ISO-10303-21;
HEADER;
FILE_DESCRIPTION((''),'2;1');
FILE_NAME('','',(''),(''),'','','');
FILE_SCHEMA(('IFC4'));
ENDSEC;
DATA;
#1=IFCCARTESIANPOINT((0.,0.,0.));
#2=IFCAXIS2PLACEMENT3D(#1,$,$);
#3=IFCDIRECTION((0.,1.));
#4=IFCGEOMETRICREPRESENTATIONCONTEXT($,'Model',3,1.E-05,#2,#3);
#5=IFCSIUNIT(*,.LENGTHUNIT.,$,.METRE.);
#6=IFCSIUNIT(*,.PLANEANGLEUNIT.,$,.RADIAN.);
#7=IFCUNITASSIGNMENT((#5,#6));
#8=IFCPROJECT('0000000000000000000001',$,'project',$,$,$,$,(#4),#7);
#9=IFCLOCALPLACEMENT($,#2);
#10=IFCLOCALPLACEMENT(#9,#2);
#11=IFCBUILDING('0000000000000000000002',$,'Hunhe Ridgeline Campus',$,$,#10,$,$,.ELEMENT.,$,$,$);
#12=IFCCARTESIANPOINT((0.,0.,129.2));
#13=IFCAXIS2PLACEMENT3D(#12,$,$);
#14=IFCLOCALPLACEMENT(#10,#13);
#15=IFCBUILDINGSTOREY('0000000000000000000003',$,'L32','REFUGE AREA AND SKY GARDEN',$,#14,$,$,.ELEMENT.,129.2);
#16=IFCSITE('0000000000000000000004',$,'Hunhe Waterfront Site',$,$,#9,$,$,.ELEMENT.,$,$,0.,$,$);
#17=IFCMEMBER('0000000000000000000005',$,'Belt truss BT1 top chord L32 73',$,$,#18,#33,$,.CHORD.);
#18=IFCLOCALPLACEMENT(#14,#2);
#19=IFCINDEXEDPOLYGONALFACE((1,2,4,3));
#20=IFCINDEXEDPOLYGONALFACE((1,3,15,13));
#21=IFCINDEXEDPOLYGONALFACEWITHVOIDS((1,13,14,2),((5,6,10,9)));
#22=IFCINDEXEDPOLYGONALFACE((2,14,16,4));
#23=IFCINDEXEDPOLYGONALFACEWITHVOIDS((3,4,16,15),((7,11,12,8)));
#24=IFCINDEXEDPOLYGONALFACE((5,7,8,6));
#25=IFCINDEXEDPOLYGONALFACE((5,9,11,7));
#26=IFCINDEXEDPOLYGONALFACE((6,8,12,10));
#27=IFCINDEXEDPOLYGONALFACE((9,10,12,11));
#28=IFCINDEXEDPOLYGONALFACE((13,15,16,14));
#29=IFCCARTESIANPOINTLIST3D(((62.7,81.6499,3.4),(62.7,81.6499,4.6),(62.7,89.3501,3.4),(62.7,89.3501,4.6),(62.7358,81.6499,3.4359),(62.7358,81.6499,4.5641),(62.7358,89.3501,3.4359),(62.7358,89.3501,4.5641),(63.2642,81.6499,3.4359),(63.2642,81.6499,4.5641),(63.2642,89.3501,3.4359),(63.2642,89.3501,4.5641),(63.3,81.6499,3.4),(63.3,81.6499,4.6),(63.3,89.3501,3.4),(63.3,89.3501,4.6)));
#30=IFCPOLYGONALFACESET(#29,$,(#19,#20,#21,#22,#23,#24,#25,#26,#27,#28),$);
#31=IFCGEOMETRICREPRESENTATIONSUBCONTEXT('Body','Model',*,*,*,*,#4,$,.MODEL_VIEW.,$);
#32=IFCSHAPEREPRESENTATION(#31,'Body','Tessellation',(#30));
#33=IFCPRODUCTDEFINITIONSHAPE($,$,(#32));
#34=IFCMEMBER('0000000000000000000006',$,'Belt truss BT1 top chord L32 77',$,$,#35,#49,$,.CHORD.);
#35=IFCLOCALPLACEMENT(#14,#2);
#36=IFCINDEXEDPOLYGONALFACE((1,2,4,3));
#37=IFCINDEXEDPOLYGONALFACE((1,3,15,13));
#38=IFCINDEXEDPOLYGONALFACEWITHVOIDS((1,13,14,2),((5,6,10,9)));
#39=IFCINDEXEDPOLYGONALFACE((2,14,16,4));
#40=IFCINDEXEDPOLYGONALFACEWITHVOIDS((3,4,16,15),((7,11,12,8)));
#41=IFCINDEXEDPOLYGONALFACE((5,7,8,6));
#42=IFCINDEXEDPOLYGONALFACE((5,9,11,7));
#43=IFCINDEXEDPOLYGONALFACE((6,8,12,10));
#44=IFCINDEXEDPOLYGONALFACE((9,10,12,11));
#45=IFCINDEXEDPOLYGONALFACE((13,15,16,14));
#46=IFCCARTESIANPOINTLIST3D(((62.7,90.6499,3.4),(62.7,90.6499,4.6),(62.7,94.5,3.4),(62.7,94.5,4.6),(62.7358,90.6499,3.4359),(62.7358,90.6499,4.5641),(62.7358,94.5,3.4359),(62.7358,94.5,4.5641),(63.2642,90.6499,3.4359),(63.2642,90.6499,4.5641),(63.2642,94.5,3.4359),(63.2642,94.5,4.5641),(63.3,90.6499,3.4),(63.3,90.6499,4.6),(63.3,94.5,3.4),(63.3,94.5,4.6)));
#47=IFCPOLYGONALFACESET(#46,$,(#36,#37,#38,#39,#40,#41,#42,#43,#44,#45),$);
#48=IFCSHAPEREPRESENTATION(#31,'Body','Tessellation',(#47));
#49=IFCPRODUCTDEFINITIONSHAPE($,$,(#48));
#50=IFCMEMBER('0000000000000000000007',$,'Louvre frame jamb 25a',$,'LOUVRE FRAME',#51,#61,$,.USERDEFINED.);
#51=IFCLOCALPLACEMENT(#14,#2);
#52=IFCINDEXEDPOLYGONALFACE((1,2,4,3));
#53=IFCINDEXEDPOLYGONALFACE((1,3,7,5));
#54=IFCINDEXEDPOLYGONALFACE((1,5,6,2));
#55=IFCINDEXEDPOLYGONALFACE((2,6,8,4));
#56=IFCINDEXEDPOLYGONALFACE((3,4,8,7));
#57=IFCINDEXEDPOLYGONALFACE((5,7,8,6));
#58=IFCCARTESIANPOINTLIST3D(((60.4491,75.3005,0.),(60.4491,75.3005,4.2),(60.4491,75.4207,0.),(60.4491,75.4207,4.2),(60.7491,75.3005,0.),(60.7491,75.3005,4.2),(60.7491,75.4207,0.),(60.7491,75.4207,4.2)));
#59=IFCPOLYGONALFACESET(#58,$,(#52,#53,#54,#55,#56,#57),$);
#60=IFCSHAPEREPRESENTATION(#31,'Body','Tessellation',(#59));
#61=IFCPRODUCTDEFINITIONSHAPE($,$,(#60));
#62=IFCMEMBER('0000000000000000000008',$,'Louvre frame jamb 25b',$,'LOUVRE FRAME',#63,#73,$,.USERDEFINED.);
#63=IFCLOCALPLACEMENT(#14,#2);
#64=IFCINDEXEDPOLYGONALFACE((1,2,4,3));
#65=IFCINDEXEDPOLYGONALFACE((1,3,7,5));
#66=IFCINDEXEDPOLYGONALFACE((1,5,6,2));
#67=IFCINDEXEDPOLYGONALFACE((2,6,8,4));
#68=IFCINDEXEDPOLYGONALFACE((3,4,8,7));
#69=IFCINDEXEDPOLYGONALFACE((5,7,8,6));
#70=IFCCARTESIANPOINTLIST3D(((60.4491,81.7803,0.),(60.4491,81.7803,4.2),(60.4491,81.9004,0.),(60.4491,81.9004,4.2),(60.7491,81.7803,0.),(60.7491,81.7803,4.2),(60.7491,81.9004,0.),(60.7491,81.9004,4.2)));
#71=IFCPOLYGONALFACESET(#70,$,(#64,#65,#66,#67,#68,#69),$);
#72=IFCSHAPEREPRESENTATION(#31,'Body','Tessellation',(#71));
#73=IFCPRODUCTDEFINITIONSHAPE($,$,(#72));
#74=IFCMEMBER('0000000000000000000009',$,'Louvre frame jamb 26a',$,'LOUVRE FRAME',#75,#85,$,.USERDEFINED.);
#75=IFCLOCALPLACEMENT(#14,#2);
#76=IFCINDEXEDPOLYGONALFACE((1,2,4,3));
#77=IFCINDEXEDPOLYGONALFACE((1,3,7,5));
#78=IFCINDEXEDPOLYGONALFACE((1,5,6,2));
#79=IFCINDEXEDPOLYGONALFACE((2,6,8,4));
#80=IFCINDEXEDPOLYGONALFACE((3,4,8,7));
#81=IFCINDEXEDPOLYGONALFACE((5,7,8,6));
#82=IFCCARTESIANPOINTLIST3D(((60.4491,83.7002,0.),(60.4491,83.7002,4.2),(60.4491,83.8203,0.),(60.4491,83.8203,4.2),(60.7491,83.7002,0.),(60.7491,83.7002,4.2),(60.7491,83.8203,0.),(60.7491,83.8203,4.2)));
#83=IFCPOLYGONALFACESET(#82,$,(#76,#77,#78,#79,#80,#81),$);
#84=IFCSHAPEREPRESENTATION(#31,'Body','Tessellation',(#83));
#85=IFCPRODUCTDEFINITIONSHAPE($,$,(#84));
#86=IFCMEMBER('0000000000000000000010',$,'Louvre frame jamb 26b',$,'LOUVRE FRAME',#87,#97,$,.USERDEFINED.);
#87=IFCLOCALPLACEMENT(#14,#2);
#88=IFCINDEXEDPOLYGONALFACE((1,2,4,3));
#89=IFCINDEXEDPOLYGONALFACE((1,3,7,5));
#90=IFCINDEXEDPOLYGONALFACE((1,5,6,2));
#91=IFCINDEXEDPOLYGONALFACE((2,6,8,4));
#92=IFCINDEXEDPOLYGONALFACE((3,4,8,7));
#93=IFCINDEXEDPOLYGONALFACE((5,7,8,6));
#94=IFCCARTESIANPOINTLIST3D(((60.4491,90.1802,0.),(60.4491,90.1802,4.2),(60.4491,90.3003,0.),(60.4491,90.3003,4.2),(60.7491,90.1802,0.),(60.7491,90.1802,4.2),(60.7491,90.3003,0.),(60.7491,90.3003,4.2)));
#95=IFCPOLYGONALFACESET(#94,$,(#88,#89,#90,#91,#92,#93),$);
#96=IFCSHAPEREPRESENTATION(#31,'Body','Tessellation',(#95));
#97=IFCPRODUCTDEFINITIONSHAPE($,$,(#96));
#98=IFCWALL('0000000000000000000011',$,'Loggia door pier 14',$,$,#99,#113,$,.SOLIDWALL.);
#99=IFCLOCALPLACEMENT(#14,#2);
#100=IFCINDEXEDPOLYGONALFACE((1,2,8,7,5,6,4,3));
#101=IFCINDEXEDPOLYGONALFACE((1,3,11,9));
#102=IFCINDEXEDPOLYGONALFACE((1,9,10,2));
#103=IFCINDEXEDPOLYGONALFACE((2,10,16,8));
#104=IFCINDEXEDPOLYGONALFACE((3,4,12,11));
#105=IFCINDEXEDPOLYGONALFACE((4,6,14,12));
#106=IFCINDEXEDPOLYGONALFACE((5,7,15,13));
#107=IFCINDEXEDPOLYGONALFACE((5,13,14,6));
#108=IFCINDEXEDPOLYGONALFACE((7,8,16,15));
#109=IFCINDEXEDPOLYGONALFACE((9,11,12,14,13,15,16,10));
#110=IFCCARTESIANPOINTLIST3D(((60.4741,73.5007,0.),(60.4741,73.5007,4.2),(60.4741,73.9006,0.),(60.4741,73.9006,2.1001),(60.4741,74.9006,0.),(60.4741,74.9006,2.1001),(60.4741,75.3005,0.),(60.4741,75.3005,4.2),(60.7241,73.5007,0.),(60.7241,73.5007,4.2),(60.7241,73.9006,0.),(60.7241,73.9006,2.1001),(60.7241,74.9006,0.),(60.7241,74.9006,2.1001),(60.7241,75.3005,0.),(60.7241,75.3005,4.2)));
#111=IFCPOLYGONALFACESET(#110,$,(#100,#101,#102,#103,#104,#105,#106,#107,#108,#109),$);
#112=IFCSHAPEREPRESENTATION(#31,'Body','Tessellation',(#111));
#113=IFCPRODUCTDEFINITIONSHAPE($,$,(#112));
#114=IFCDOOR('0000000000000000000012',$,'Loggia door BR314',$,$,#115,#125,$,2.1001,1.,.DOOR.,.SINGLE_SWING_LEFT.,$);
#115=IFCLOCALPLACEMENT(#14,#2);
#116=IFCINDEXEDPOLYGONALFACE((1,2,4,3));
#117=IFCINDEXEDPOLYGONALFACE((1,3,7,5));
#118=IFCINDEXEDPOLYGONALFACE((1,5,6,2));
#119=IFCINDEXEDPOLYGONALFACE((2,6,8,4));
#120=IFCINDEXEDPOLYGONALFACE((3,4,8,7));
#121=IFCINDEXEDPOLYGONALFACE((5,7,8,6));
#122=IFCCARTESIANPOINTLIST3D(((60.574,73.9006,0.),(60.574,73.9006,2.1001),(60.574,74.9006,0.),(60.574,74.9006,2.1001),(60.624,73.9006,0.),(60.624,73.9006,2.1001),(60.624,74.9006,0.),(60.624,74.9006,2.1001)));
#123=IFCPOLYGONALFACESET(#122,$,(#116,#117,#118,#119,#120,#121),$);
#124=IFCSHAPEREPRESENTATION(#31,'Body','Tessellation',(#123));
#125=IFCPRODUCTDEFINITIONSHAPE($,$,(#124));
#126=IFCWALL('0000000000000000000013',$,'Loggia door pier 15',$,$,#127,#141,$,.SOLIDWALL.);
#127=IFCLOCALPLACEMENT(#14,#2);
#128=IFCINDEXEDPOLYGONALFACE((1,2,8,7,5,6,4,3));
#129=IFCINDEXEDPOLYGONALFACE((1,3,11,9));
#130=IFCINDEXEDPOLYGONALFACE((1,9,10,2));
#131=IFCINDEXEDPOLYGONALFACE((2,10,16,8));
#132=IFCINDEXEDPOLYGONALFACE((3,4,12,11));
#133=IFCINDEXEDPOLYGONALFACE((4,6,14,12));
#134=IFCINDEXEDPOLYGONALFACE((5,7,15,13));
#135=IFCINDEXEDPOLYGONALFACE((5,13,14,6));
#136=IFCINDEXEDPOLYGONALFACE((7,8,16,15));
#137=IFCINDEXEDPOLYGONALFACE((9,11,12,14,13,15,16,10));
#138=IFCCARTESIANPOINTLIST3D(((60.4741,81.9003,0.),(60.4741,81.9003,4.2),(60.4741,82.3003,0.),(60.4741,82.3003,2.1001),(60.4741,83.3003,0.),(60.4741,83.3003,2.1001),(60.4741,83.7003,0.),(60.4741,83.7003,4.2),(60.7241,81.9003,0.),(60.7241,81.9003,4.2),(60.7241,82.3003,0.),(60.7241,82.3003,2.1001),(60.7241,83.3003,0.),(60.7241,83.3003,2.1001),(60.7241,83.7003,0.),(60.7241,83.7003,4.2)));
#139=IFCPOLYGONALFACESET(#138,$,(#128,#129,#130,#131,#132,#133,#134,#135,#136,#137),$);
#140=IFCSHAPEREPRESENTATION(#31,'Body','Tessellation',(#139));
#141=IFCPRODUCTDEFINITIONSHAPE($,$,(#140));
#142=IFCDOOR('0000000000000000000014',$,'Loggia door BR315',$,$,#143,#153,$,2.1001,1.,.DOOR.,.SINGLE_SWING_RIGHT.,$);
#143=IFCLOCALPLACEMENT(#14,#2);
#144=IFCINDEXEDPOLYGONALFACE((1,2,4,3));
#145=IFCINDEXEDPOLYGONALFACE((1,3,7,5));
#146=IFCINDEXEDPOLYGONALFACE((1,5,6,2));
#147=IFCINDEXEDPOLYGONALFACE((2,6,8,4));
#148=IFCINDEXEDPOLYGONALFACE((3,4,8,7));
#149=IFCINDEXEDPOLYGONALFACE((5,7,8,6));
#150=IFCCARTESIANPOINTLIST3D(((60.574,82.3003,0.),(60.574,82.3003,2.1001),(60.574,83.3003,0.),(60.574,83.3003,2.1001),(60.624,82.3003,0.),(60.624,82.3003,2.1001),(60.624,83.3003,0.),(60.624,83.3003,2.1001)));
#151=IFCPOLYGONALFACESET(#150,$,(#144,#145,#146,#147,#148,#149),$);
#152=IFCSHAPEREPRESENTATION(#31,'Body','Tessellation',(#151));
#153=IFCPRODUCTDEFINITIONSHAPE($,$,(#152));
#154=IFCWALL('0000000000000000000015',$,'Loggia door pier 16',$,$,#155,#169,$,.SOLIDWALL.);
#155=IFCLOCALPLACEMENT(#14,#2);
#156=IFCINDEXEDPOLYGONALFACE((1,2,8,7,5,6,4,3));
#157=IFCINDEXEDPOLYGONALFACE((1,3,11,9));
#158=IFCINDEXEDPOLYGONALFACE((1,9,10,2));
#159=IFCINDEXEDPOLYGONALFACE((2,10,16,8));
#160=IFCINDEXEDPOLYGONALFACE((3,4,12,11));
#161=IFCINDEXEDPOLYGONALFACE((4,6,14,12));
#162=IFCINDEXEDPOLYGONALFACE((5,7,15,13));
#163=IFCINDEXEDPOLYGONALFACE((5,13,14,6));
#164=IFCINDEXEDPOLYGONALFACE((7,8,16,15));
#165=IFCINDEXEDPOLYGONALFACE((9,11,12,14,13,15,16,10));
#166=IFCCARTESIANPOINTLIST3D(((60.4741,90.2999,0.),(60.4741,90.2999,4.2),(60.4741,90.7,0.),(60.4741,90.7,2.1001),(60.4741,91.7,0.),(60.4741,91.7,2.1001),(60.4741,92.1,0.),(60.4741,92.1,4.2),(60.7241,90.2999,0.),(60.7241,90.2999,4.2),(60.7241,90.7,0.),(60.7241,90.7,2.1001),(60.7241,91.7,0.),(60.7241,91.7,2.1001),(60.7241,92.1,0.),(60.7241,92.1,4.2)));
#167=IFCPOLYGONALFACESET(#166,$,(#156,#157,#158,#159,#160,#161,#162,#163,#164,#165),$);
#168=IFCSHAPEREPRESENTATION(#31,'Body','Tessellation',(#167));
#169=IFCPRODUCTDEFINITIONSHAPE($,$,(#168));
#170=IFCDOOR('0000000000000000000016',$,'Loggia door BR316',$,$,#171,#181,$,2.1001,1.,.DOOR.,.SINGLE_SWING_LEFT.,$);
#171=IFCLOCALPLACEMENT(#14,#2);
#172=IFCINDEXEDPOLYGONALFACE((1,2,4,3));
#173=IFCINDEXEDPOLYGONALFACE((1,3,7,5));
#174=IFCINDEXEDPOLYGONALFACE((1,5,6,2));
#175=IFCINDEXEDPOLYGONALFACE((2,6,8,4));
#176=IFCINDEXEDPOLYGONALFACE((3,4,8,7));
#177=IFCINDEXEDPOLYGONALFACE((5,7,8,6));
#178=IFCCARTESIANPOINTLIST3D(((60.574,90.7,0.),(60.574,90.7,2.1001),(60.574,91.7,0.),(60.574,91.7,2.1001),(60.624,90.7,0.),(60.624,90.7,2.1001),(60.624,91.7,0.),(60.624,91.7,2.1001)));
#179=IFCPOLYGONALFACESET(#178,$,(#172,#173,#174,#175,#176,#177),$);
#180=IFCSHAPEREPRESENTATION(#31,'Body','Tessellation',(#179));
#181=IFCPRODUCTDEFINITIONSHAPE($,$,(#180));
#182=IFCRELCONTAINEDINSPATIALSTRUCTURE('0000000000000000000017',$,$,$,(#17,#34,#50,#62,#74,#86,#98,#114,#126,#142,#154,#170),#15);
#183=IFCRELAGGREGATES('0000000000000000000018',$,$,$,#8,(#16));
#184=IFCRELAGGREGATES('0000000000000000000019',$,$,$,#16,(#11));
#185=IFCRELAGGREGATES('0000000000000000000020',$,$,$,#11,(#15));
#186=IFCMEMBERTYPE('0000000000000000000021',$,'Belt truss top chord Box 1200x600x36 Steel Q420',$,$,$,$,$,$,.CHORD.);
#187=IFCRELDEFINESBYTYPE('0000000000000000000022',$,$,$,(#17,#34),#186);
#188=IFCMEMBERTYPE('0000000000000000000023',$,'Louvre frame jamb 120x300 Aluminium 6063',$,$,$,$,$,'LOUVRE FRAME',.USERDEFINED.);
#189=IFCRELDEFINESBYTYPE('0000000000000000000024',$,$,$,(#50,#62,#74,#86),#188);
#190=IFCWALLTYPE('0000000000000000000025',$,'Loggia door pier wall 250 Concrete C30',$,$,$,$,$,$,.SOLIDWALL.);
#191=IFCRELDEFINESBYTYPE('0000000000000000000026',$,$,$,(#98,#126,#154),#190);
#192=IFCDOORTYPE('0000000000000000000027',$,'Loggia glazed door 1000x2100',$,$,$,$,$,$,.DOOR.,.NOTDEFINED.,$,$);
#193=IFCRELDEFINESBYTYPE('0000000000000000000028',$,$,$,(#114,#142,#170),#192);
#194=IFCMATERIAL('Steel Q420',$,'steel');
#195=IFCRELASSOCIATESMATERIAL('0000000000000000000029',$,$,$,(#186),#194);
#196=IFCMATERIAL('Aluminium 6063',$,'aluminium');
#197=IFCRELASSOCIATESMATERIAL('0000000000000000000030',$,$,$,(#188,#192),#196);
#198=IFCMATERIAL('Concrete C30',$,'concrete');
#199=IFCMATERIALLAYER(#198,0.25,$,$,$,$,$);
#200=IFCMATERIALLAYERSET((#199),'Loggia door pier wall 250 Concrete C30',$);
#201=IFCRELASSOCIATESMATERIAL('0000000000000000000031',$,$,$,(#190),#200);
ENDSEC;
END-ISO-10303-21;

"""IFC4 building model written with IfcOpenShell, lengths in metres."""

from ifc_helpers import new_model, si_unit, direction, frame, frame_2d, origin, origin_2d, place, context, subcontext, project, spatial, rectangle, hollow_rectangle, extrude, material, layer, layer_set, material_profile, profile_set, type_object, element, fill, save


model = new_model("IFC4")

# Units and contexts
model_context = context("Model", 3, precision=1e-05, world=origin(), true_north=direction((0.0, 1.0)))
body_context = subcontext(model_context, "Body", "Model", "MODEL_VIEW")
ifc_project = project(units=[si_unit("LENGTHUNIT", "METRE"), si_unit("PLANEANGLEUNIT", "RADIAN")], contexts=[model_context])

# Site, building, storey
site_placement = place(None, origin())
site = spatial("IfcSite", under=ifc_project, at=site_placement, Name="Hunhe Waterfront Site", CompositionType="ELEMENT", RefElevation=0.0)
building_placement = place(site_placement, origin())
building = spatial("IfcBuilding", under=site, at=building_placement, Name="Hunhe Ridgeline Campus", CompositionType="ELEMENT")
storey_placement = place(building_placement, frame((0.0, 0.0, 129.2)))
storey = spatial("IfcBuildingStorey", under=building, at=storey_placement, Name="L32", Description="REFUGE AREA AND SKY GARDEN", CompositionType="ELEMENT", Elevation=129.2)

# Members
ifc_material_1 = material(Name="Steel Q420", Category="steel")
ifc_material_profile_1 = material_profile(ifc_material_1, hollow_rectangle(XDim=0.6001, YDim=1.2, WallThickness=0.0359, at=origin_2d()))
ifc_profile_set_1 = profile_set([ifc_material_profile_1], Name="Steel Q420")
member_type_1 = type_object("IfcMemberType", Name="Belt truss top chord Box 1200x600x36 Steel Q420", PredefinedType="CHORD", material=ifc_profile_set_1)
member_1_placement = place(storey_placement, frame((63.0, 81.6499, 4.0), z_axis=(0.0, 1.0, 0.0), x_axis=(-1.0, 0.0, 0.0)))
element("IfcMember", 1, at=member_1_placement, inside=storey, type_object=member_type_1, Name="Belt truss BT1 top chord L32 73", PredefinedType="CHORD", context=body_context, shape_type="SweptSolid", body=[
    extrude(hollow_rectangle(XDim=0.6001, YDim=1.2, WallThickness=0.0359, at=origin_2d()), origin(), (0.0, 0.0, 1.0), 7.7002),
])
member_2_placement = place(storey_placement, frame((63.0, 90.6499, 4.0), z_axis=(0.0, 1.0, 0.0), x_axis=(-1.0, 0.0, 0.0)))
element("IfcMember", 2, at=member_2_placement, inside=storey, type_object=member_type_1, Name="Belt truss BT1 top chord L32 77", PredefinedType="CHORD", context=body_context, shape_type="SweptSolid", body=[
    extrude(hollow_rectangle(XDim=0.6001, YDim=1.2, WallThickness=0.0359, at=origin_2d()), origin(), (0.0, 0.0, 1.0), 3.8501),
])
ifc_material_2 = material(Name="Aluminium 6063", Category="aluminium")
ifc_material_profile_2 = material_profile(ifc_material_2, rectangle(XDim=0.3, YDim=0.1201, at=origin_2d()))
ifc_profile_set_2 = profile_set([ifc_material_profile_2], Name="Aluminium 6063")
member_type_2 = type_object("IfcMemberType", Name="Louvre frame jamb 120x300 Aluminium 6063", ElementType="LOUVRE FRAME", PredefinedType="USERDEFINED", material=ifc_profile_set_2)
for number, where, z_axis, x_axis, name in (
    (3, (60.5991, 75.3606, 0.0), (0.0, 0.0, 1.0), (-1.0, 0.0, 0.0), "Louvre frame jamb 25a"),
    (4, (60.5991, 81.8403, 0.0), (0.0, 0.0, 1.0), (-1.0, 0.0, 0.0), "Louvre frame jamb 25b"),
    (5, (60.5991, 83.7603, 0.0), (0.0, 0.0, 1.0), (-1.0, 0.0, 0.0), "Louvre frame jamb 26a"),
    (6, (60.5991, 90.2402, 0.0), (0.0, 0.0, 1.0), (-1.0, 0.0, 0.0), "Louvre frame jamb 26b"),
):
    element("IfcMember", number, at=place(storey_placement, frame(where, z_axis=z_axis, x_axis=x_axis)), inside=storey, type_object=member_type_2, Name=name, ObjectType="LOUVRE FRAME", PredefinedType="USERDEFINED", context=body_context, shape_type="SweptSolid", body=[
        extrude(rectangle(XDim=0.3, YDim=0.1201, at=origin_2d()), origin(), (0.0, 0.0, 1.0), 4.2),
    ])

# Walls, openings, doors
ifc_material_3 = material(Name="Concrete C30", Category="concrete")
ifc_layer_1 = layer(ifc_material_3, 0.25)
ifc_layer_set_1 = layer_set([ifc_layer_1], Name="Loggia door pier wall 250 Concrete C30")
wall_type = type_object("IfcWallType", Name="Loggia door pier wall 250 Concrete C30", PredefinedType="SOLIDWALL", material=ifc_layer_set_1)
wall_1_placement = place(storey_placement, frame((60.5991, 73.5007, 0.0), z_axis=(0.0, 0.0, 1.0), x_axis=(0.0, 1.0, 0.0)))
wall_1 = element("IfcWall", 7, at=wall_1_placement, inside=storey, type_object=wall_type, Name="Loggia door pier 14", PredefinedType="SOLIDWALL", context=body_context, shape_type="SweptSolid", body=[
    extrude(rectangle(XDim=1.7998, YDim=0.25, at=frame_2d((0.8999, 0.0))), origin(), (0.0, 0.0, 1.0), 4.2),
])
opening_1_placement = place(wall_1_placement, frame((0.3999, 0.0, 0.0)))
opening_1 = element("IfcOpeningElement", 8, at=opening_1_placement, cuts=wall_1, PredefinedType="OPENING", context=body_context, shape_type="SweptSolid", body=[
    extrude(rectangle(XDim=1.0, YDim=2.1001, at=frame_2d((0.5, 1.05))), frame((0.0, 0.125, 0.0), z_axis=(0.0, -1.0, 0.0), x_axis=(1.0, 0.0, 0.0)), (0.0, 0.0, 1.0), 0.25),
])
door_type = type_object("IfcDoorType", Name="Loggia glazed door 1000x2100", OperationType="NOTDEFINED", PredefinedType="DOOR", material=ifc_material_2)
door_1_placement = place(opening_1_placement, frame((1.0, 0.0, 0.0), z_axis=(0.0, 0.0, 1.0), x_axis=(-1.0, 0.0, 0.0)))
door_1 = element("IfcDoor", 9, at=door_1_placement, inside=storey, type_object=door_type, Name="Loggia door BR314", OperationType="SINGLE_SWING_LEFT", OverallHeight=2.1001, OverallWidth=1.0, PredefinedType="DOOR", context=body_context, shape_type="SweptSolid", body=[
    extrude(rectangle(XDim=1.0, YDim=2.1001, at=frame_2d((0.5, 1.05))), frame((0.0, 0.0249, 0.0), z_axis=(0.0, -1.0, 0.0), x_axis=(1.0, 0.0, 0.0)), (0.0, 0.0, 1.0), 0.05),
])
fill(opening_1, door_1)
wall_2_placement = place(storey_placement, frame((60.5991, 81.9004, 0.0), z_axis=(0.0, 0.0, 1.0), x_axis=(0.0, 1.0, 0.0)))
wall_2 = element("IfcWall", 10, at=wall_2_placement, inside=storey, type_object=wall_type, Name="Loggia door pier 15", PredefinedType="SOLIDWALL", context=body_context, shape_type="SweptSolid", body=[
    extrude(rectangle(XDim=1.8, YDim=0.25, at=frame_2d((0.8999, 0.0))), origin(), (0.0, 0.0, 1.0), 4.2),
])
opening_2_placement = place(wall_2_placement, frame((0.3999, 0.0, 0.0)))
opening_2 = element("IfcOpeningElement", 11, at=opening_2_placement, cuts=wall_2, PredefinedType="OPENING", context=body_context, shape_type="SweptSolid", body=[
    extrude(rectangle(XDim=1.0, YDim=2.1001, at=frame_2d((0.5, 1.05))), frame((0.0, 0.125, 0.0), z_axis=(0.0, -1.0, 0.0), x_axis=(1.0, 0.0, 0.0)), (0.0, 0.0, 1.0), 0.25),
])
door_2_placement = place(opening_2_placement, frame((1.0, 0.0, 0.0), z_axis=(0.0, 0.0, 1.0), x_axis=(-1.0, 0.0, 0.0)))
door_2 = element("IfcDoor", 12, at=door_2_placement, inside=storey, type_object=door_type, Name="Loggia door BR315", OperationType="SINGLE_SWING_RIGHT", OverallHeight=2.1001, OverallWidth=1.0, PredefinedType="DOOR", context=body_context, shape_type="SweptSolid", body=[
    extrude(rectangle(XDim=1.0, YDim=2.1001, at=frame_2d((0.5, 1.05))), frame((0.0, 0.0249, 0.0), z_axis=(0.0, -1.0, 0.0), x_axis=(1.0, 0.0, 0.0)), (0.0, 0.0, 1.0), 0.05),
])
fill(opening_2, door_2)
wall_3_placement = place(storey_placement, frame((60.5991, 90.3, 0.0), z_axis=(0.0, 0.0, 1.0), x_axis=(0.0, 1.0, 0.0)))
wall_3 = element("IfcWall", 13, at=wall_3_placement, inside=storey, type_object=wall_type, Name="Loggia door pier 16", PredefinedType="SOLIDWALL", context=body_context, shape_type="SweptSolid", body=[
    extrude(rectangle(XDim=1.8, YDim=0.25, at=frame_2d((0.8999, 0.0))), origin(), (0.0, 0.0, 1.0), 4.2),
])
opening_3_placement = place(wall_3_placement, frame((0.3999, 0.0, 0.0)))
opening_3 = element("IfcOpeningElement", 14, at=opening_3_placement, cuts=wall_3, PredefinedType="OPENING", context=body_context, shape_type="SweptSolid", body=[
    extrude(rectangle(XDim=1.0, YDim=2.1001, at=frame_2d((0.5, 1.05))), frame((0.0, 0.125, 0.0), z_axis=(0.0, -1.0, 0.0), x_axis=(1.0, 0.0, 0.0)), (0.0, 0.0, 1.0), 0.25),
])
door_3_placement = place(opening_3_placement, frame((1.0, 0.0, 0.0), z_axis=(0.0, 0.0, 1.0), x_axis=(-1.0, 0.0, 0.0)))
door_3 = element("IfcDoor", 15, at=door_3_placement, inside=storey, type_object=door_type, Name="Loggia door BR316", OperationType="SINGLE_SWING_LEFT", OverallHeight=2.1001, OverallWidth=1.0, PredefinedType="DOOR", context=body_context, shape_type="SweptSolid", body=[
    extrude(rectangle(XDim=1.0, YDim=2.1001, at=frame_2d((0.5, 1.05))), frame((0.0, 0.0249, 0.0), z_axis=(0.0, -1.0, 0.0), x_axis=(1.0, 0.0, 0.0)), (0.0, 0.0, 1.0), 0.05),
])
fill(opening_3, door_3)

save(model, "model.ifc")
